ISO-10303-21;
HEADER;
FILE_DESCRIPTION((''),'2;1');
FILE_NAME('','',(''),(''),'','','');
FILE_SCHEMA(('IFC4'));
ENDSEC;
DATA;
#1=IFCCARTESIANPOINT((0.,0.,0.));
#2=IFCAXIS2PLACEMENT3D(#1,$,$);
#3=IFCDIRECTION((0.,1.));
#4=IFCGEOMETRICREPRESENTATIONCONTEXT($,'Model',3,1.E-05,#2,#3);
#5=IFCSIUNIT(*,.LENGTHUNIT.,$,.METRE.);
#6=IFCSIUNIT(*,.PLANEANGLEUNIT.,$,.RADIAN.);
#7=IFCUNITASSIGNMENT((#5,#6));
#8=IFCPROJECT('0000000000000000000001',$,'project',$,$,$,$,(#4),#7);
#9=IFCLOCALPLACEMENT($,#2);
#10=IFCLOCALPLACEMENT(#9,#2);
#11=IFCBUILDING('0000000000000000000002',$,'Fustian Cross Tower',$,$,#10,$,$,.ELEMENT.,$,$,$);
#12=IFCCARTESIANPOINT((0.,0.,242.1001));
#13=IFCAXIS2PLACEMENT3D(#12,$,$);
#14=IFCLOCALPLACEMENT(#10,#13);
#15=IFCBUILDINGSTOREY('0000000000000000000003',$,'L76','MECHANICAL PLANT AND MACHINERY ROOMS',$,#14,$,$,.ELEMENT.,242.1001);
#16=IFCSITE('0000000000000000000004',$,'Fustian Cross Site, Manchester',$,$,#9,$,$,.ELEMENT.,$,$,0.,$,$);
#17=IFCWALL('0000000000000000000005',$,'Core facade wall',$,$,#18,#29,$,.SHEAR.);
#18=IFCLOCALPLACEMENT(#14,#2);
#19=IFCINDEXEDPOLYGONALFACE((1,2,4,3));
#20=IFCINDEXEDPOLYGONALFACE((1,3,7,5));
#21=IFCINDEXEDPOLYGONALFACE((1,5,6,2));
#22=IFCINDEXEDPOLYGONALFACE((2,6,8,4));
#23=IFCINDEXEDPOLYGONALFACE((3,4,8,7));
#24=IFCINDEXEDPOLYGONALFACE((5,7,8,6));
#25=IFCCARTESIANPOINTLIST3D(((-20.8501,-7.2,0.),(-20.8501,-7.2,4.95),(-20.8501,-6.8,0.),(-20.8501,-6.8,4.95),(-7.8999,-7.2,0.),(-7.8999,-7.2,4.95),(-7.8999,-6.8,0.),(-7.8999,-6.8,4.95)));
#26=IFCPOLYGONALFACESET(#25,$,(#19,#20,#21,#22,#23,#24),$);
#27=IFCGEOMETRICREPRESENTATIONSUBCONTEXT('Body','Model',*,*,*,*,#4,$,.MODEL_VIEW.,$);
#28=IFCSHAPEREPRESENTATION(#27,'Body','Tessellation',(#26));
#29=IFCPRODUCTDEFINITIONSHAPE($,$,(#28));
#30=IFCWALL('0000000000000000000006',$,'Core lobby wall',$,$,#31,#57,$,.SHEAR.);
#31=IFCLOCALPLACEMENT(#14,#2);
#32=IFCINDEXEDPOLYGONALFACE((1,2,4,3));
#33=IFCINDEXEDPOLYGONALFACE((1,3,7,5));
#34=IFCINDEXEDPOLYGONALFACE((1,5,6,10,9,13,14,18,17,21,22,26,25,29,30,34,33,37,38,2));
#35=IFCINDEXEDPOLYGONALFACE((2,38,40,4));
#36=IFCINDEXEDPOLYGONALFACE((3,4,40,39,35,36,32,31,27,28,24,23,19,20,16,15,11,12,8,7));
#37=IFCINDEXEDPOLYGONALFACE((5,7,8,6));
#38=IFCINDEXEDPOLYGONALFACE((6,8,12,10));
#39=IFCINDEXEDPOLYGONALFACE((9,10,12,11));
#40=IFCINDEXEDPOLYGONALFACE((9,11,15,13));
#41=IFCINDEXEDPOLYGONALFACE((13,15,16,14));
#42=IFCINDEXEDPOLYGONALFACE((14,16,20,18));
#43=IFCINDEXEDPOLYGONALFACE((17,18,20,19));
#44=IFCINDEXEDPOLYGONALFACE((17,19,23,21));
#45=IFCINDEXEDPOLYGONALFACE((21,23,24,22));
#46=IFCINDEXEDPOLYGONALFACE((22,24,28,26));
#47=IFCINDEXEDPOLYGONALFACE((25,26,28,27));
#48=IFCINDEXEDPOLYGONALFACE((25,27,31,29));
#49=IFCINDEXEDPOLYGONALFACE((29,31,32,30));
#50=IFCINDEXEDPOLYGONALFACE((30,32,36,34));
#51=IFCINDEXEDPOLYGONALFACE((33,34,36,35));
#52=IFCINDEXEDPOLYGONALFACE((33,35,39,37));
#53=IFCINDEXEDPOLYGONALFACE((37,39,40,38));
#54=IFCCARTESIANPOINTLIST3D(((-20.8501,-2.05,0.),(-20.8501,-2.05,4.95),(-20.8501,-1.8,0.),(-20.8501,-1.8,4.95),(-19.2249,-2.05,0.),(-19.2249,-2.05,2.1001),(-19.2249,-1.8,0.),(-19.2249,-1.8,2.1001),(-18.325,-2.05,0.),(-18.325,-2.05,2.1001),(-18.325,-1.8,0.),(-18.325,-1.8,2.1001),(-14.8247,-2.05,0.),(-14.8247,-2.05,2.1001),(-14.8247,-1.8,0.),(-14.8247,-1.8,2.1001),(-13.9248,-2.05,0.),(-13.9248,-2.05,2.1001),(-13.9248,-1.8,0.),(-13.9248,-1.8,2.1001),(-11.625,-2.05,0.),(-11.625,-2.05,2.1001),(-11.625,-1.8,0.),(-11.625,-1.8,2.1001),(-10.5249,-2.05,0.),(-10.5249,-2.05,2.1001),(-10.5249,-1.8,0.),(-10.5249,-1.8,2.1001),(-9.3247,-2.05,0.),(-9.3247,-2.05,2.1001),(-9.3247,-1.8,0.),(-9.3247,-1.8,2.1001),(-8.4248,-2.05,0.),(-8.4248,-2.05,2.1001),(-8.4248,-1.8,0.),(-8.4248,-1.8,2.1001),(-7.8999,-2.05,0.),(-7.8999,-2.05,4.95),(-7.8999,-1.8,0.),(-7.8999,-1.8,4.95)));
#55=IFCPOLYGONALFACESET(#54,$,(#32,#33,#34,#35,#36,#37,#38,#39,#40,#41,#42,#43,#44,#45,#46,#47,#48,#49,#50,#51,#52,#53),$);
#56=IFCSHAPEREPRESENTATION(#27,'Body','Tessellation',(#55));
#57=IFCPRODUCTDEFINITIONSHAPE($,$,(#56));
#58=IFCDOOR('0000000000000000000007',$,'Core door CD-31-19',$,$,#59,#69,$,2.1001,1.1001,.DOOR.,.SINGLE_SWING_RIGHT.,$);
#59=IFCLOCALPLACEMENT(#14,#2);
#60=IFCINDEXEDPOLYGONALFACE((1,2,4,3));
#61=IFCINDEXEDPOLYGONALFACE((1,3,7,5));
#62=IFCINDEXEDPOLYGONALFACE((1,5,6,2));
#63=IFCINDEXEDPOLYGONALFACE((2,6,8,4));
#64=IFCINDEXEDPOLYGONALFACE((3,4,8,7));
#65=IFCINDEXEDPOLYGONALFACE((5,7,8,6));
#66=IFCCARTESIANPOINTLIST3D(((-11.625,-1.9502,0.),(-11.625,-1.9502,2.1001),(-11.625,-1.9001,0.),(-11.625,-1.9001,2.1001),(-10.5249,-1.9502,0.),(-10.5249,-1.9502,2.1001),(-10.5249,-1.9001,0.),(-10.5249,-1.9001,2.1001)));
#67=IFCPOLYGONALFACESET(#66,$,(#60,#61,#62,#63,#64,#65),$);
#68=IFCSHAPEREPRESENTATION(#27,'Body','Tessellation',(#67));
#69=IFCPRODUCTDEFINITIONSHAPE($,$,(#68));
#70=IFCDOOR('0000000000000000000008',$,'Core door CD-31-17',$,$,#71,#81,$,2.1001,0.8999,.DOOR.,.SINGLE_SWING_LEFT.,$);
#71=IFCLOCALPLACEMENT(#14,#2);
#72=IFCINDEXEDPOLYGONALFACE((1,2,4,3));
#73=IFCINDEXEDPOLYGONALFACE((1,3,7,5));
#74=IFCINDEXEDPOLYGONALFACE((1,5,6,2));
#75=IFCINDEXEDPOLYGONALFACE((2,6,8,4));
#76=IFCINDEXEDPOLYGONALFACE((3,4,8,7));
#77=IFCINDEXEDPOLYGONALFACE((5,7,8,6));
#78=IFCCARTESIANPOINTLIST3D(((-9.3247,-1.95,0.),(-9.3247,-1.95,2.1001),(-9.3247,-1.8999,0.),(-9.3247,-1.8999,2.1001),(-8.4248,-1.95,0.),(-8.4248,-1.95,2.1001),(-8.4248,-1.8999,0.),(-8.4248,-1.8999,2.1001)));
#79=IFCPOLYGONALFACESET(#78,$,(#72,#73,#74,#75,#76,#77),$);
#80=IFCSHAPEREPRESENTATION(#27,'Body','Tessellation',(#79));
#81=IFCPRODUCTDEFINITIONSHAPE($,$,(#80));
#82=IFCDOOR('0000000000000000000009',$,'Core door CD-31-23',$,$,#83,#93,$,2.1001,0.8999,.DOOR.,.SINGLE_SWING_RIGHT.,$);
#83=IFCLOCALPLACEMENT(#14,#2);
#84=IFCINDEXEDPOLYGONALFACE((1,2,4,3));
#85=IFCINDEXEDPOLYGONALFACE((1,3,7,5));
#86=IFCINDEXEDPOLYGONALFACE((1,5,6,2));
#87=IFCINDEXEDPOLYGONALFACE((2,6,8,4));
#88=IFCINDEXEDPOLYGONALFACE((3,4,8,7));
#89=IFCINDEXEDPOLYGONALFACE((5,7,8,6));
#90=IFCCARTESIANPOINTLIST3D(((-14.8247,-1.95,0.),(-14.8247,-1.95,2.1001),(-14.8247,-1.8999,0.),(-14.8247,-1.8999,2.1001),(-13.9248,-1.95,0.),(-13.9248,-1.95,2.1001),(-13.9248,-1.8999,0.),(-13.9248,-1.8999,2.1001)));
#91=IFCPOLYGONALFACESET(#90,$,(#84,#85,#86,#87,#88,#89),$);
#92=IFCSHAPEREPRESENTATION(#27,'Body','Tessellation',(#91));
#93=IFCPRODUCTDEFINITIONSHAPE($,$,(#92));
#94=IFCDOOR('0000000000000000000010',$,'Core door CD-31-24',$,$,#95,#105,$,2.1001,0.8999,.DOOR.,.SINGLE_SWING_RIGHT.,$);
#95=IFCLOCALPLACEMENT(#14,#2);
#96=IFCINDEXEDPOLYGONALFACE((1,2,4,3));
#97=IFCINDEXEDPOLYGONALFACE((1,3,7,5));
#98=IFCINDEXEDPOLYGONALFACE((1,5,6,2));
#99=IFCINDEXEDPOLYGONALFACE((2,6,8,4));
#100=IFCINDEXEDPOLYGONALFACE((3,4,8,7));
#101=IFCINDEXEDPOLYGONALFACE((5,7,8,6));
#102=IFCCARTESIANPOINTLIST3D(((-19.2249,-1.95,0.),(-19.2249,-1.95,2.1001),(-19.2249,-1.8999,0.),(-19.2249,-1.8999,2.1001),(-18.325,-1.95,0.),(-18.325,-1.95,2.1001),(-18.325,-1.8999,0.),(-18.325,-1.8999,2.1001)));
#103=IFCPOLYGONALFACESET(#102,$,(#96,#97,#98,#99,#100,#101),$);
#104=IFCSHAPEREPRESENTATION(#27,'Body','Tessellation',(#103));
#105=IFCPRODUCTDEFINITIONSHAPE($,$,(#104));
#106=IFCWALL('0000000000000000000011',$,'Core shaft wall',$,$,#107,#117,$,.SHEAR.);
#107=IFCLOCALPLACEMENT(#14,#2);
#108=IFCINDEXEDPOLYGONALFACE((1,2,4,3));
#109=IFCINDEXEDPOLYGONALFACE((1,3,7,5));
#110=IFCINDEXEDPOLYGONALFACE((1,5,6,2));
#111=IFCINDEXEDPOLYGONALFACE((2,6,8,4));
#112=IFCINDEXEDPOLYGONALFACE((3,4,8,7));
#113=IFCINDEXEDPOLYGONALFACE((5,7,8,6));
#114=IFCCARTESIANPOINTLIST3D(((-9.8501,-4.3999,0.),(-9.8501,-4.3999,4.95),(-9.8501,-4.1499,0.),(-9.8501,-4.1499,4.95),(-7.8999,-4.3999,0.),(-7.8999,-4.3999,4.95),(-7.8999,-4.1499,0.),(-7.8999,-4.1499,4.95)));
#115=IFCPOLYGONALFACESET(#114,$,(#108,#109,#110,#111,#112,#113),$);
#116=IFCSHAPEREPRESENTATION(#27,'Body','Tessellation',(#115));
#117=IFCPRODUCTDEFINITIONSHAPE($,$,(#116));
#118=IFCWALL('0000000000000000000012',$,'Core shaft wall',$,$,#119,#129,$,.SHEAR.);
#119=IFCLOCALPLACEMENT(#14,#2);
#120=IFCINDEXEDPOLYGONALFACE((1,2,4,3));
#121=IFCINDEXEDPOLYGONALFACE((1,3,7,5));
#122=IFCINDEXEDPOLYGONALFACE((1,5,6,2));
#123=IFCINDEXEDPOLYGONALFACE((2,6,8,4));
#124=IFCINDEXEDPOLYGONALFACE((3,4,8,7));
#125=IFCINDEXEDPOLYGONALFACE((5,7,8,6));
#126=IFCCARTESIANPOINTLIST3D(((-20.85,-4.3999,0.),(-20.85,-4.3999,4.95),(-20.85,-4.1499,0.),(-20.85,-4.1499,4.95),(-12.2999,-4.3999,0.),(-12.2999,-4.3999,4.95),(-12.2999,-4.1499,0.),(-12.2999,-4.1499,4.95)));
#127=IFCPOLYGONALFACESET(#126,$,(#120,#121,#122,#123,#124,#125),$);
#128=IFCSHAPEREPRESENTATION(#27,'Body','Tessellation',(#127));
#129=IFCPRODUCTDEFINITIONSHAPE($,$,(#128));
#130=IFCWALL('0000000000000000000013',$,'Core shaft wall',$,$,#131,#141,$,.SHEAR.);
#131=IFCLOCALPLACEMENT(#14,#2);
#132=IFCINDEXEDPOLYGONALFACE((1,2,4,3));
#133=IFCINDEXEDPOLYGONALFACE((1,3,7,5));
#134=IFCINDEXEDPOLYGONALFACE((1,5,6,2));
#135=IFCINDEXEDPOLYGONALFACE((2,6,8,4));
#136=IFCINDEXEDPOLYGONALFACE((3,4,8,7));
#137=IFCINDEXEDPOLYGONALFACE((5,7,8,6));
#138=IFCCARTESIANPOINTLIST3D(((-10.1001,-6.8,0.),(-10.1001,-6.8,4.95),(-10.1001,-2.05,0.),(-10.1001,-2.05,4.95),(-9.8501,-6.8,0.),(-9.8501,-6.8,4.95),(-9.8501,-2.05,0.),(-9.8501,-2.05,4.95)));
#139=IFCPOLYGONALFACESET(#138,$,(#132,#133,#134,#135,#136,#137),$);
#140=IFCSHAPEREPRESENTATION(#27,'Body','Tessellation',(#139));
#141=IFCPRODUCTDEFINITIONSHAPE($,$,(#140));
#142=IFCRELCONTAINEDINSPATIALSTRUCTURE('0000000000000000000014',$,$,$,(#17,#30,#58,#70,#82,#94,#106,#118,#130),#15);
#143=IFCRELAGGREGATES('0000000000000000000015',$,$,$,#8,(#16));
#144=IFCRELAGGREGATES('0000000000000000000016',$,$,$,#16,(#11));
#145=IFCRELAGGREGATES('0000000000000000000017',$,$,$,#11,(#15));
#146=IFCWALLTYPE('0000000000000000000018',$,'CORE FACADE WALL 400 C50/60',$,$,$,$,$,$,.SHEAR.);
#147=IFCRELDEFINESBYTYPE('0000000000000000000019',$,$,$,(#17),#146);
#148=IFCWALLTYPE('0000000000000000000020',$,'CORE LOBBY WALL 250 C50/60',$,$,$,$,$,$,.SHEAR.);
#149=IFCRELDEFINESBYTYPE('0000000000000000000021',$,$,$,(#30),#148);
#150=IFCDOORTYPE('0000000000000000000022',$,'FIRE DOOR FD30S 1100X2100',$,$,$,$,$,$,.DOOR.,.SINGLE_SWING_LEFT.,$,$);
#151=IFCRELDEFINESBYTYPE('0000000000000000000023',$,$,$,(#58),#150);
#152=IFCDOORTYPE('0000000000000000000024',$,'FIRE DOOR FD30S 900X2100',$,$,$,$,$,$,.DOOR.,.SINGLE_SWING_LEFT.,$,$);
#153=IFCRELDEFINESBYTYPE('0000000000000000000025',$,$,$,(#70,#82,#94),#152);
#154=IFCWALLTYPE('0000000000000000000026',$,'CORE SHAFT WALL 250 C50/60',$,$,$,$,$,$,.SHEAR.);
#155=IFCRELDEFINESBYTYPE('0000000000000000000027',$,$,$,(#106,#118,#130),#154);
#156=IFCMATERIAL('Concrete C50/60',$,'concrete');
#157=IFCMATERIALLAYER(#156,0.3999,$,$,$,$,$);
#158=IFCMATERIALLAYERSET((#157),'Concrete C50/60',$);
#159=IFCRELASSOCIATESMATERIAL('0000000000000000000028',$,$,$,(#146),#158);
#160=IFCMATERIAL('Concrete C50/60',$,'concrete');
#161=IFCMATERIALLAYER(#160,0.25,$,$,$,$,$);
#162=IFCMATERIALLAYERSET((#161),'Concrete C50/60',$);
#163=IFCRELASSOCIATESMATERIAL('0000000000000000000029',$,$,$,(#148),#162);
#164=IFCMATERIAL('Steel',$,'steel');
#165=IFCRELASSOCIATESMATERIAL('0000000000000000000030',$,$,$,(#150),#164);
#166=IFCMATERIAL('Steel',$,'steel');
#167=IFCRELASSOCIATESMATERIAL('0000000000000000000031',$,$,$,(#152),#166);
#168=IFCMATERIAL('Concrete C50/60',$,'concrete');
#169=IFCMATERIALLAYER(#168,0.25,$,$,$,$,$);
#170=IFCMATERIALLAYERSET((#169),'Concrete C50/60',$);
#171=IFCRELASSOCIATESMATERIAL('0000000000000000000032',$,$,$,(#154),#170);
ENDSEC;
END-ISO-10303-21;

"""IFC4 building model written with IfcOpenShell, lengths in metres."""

from ifc_helpers import new_model, si_unit, direction, frame, frame_2d, origin, place, context, subcontext, project, spatial, rectangle, extrude, material, layer, layer_set, type_object, element, fill, save


model = new_model("IFC4")

# Units and contexts
model_context = context("Model", 3, precision=1e-05, world=origin(), true_north=direction((0.0, 1.0)))
body_context = subcontext(model_context, "Body", "Model", "MODEL_VIEW")
ifc_project = project(units=[si_unit("LENGTHUNIT", "METRE"), si_unit("PLANEANGLEUNIT", "RADIAN")], contexts=[model_context])

# Site, building, storey
site_placement = place(None, origin())
site = spatial("IfcSite", under=ifc_project, at=site_placement, Name="Fustian Cross Site, Manchester", CompositionType="ELEMENT", RefElevation=0.0)
building_placement = place(site_placement, origin())
building = spatial("IfcBuilding", under=site, at=building_placement, Name="Fustian Cross Tower", CompositionType="ELEMENT")
storey_placement = place(building_placement, frame((0.0, 0.0, 242.1001)))
storey = spatial("IfcBuildingStorey", under=building, at=storey_placement, Name="L76", Description="MECHANICAL PLANT AND MACHINERY ROOMS", CompositionType="ELEMENT", Elevation=242.1001)

# Wall
ifc_material_1 = material(Name="Concrete C50/60", Category="concrete")
ifc_layer_1 = layer(ifc_material_1, 0.3999)
ifc_layer_set_1 = layer_set([ifc_layer_1], Name="Concrete C50/60")
wall_type_1 = type_object("IfcWallType", Name="CORE FACADE WALL 400 C50/60", PredefinedType="SHEAR", material=ifc_layer_set_1)
wall_1_placement = place(storey_placement, frame((-7.8999, -7.0, 0.0), z_axis=(0.0, 0.0, 1.0), x_axis=(-1.0, 0.0, 0.0)))
element("IfcWall", 1, at=wall_1_placement, inside=storey, type_object=wall_type_1, Name="Core facade wall", PredefinedType="SHEAR", context=body_context, shape_type="SweptSolid", body=[
    extrude(rectangle(XDim=12.9502, YDim=0.3999, at=frame_2d((6.4751, 0.0))), origin(), (0.0, 0.0, 1.0), 4.95),
])

# Wall, openings, doors
ifc_material_2 = material(Name="Concrete C50/60", Category="concrete")
ifc_layer_2 = layer(ifc_material_2, 0.25)
ifc_layer_set_2 = layer_set([ifc_layer_2], Name="Concrete C50/60")
wall_type_2 = type_object("IfcWallType", Name="CORE LOBBY WALL 250 C50/60", PredefinedType="SHEAR", material=ifc_layer_set_2)
wall_2_placement = place(storey_placement, frame((-7.8999, -1.925, 0.0), z_axis=(0.0, 0.0, 1.0), x_axis=(-1.0, 0.0, 0.0)))
wall_2 = element("IfcWall", 2, at=wall_2_placement, inside=storey, type_object=wall_type_2, Name="Core lobby wall", PredefinedType="SHEAR", context=body_context, shape_type="SweptSolid", body=[
    extrude(rectangle(XDim=12.9502, YDim=0.25, at=frame_2d((6.4751, 0.0))), origin(), (0.0, 0.0, 1.0), 4.95),
])
opening_1_placement = place(wall_2_placement, frame((0.5249, 0.0, 0.0)))
opening_1 = element("IfcOpeningElement", 3, at=opening_1_placement, cuts=wall_2, PredefinedType="OPENING", context=body_context, shape_type="SweptSolid", body=[
    extrude(rectangle(XDim=0.8999, YDim=2.1001, at=frame_2d((0.45, 1.05))), frame((0.0, 0.135, 0.0), z_axis=(0.0, -1.0, 0.0), x_axis=(1.0, 0.0, 0.0)), (0.0, 0.0, 1.0), 0.27),
])
opening_2_placement = place(wall_2_placement, frame((2.625, 0.0, 0.0)))
opening_2 = element("IfcOpeningElement", 4, at=opening_2_placement, cuts=wall_2, PredefinedType="OPENING", context=body_context, shape_type="SweptSolid", body=[
    extrude(rectangle(XDim=1.1001, YDim=2.1001, at=frame_2d((0.55, 1.05))), frame((0.0, 0.135, 0.0), z_axis=(0.0, -1.0, 0.0), x_axis=(1.0, 0.0, 0.0)), (0.0, 0.0, 1.0), 0.27),
])
opening_3_placement = place(wall_2_placement, frame((6.0249, 0.0, 0.0)))
opening_3 = element("IfcOpeningElement", 5, at=opening_3_placement, cuts=wall_2, PredefinedType="OPENING", context=body_context, shape_type="SweptSolid", body=[
    extrude(rectangle(XDim=0.8999, YDim=2.1001, at=frame_2d((0.45, 1.05))), frame((0.0, 0.135, 0.0), z_axis=(0.0, -1.0, 0.0), x_axis=(1.0, 0.0, 0.0)), (0.0, 0.0, 1.0), 0.27),
])
opening_4_placement = place(wall_2_placement, frame((10.425, 0.0, 0.0)))
opening_4 = element("IfcOpeningElement", 6, at=opening_4_placement, cuts=wall_2, PredefinedType="OPENING", context=body_context, shape_type="SweptSolid", body=[
    extrude(rectangle(XDim=0.8999, YDim=2.1001, at=frame_2d((0.45, 1.05))), frame((0.0, 0.135, 0.0), z_axis=(0.0, -1.0, 0.0), x_axis=(1.0, 0.0, 0.0)), (0.0, 0.0, 1.0), 0.27),
])
ifc_material_3 = material(Name="Steel", Category="steel")
door_type_1 = type_object("IfcDoorType", Name="FIRE DOOR FD30S 1100X2100", OperationType="SINGLE_SWING_LEFT", PredefinedType="DOOR", material=ifc_material_3)
door_1_placement = place(opening_2_placement, frame((1.1001, 0.0, 0.0), z_axis=(0.0, 0.0, 1.0), x_axis=(-1.0, 0.0, 0.0)))
door_1 = element("IfcDoor", 7, at=door_1_placement, inside=storey, type_object=door_type_1, Name="Core door CD-31-19", OperationType="SINGLE_SWING_RIGHT", OverallHeight=2.1001, OverallWidth=1.1001, PredefinedType="DOOR", context=body_context, shape_type="SweptSolid", body=[
    extrude(rectangle(XDim=1.1001, YDim=2.1001, at=frame_2d((0.55, 1.05))), frame((0.0, 0.0249, 0.0), z_axis=(0.0, -1.0, 0.0), x_axis=(1.0, 0.0, 0.0)), (0.0, 0.0, 1.0), 0.05),
])
fill(opening_2, door_1)
ifc_material_4 = material(Name="Steel", Category="steel")
door_type_2 = type_object("IfcDoorType", Name="FIRE DOOR FD30S 900X2100", OperationType="SINGLE_SWING_LEFT", PredefinedType="DOOR", material=ifc_material_4)
door_2_placement = place(opening_1_placement, origin())
door_2 = element("IfcDoor", 8, at=door_2_placement, inside=storey, type_object=door_type_2, Name="Core door CD-31-17", OperationType="SINGLE_SWING_LEFT", OverallHeight=2.1001, OverallWidth=0.8999, PredefinedType="DOOR", context=body_context, shape_type="SweptSolid", body=[
    extrude(rectangle(XDim=0.8999, YDim=2.1001, at=frame_2d((0.45, 1.05))), frame((0.0, 0.0249, 0.0), z_axis=(0.0, -1.0, 0.0), x_axis=(1.0, 0.0, 0.0)), (0.0, 0.0, 1.0), 0.05),
])
fill(opening_1, door_2)
door_3_placement = place(opening_3_placement, origin())
door_3 = element("IfcDoor", 9, at=door_3_placement, inside=storey, type_object=door_type_2, Name="Core door CD-31-23", OperationType="SINGLE_SWING_RIGHT", OverallHeight=2.1001, OverallWidth=0.8999, PredefinedType="DOOR", context=body_context, shape_type="SweptSolid", body=[
    extrude(rectangle(XDim=0.8999, YDim=2.1001, at=frame_2d((0.45, 1.05))), frame((0.0, 0.0249, 0.0), z_axis=(0.0, -1.0, 0.0), x_axis=(1.0, 0.0, 0.0)), (0.0, 0.0, 1.0), 0.05),
])
fill(opening_3, door_3)
door_4_placement = place(opening_4_placement, origin())
door_4 = element("IfcDoor", 10, at=door_4_placement, inside=storey, type_object=door_type_2, Name="Core door CD-31-24", OperationType="SINGLE_SWING_RIGHT", OverallHeight=2.1001, OverallWidth=0.8999, PredefinedType="DOOR", context=body_context, shape_type="SweptSolid", body=[
    extrude(rectangle(XDim=0.8999, YDim=2.1001, at=frame_2d((0.45, 1.05))), frame((0.0, 0.0249, 0.0), z_axis=(0.0, -1.0, 0.0), x_axis=(1.0, 0.0, 0.0)), (0.0, 0.0, 1.0), 0.05),
])
fill(opening_4, door_4)

# Walls
ifc_material_5 = material(Name="Concrete C50/60", Category="concrete")
ifc_layer_3 = layer(ifc_material_5, 0.25)
ifc_layer_set_3 = layer_set([ifc_layer_3], Name="Concrete C50/60")
wall_type_3 = type_object("IfcWallType", Name="CORE SHAFT WALL 250 C50/60", PredefinedType="SHEAR", material=ifc_layer_set_3)
wall_3_placement = place(storey_placement, frame((-7.8999, -4.2749, 0.0), z_axis=(0.0, 0.0, 1.0), x_axis=(-1.0, 0.0, 0.0)))
element("IfcWall", 11, at=wall_3_placement, inside=storey, type_object=wall_type_3, Name="Core shaft wall", PredefinedType="SHEAR", context=body_context, shape_type="SweptSolid", body=[
    extrude(rectangle(XDim=1.9502, YDim=0.25, at=frame_2d((0.9751, 0.0))), origin(), (0.0, 0.0, 1.0), 4.95),
])
wall_4_placement = place(storey_placement, frame((-12.3, -4.2749, 0.0), z_axis=(0.0, 0.0, 1.0), x_axis=(-1.0, 0.0, 0.0)))
element("IfcWall", 12, at=wall_4_placement, inside=storey, type_object=wall_type_3, Name="Core shaft wall", PredefinedType="SHEAR", context=body_context, shape_type="SweptSolid", body=[
    extrude(rectangle(XDim=8.55, YDim=0.25, at=frame_2d((4.2749, 0.0))), origin(), (0.0, 0.0, 1.0), 4.95),
])
wall_5_placement = place(storey_placement, frame((-9.9751, -2.05, 0.0), z_axis=(0.0, 0.0, 1.0), x_axis=(0.0, -1.0, 0.0)))
element("IfcWall", 13, at=wall_5_placement, inside=storey, type_object=wall_type_3, Name="Core shaft wall", PredefinedType="SHEAR", context=body_context, shape_type="SweptSolid", body=[
    extrude(rectangle(XDim=4.75, YDim=0.25, at=frame_2d((2.375, 0.0))), origin(), (0.0, 0.0, 1.0), 4.95),
])

save(model, "model.ifc")
